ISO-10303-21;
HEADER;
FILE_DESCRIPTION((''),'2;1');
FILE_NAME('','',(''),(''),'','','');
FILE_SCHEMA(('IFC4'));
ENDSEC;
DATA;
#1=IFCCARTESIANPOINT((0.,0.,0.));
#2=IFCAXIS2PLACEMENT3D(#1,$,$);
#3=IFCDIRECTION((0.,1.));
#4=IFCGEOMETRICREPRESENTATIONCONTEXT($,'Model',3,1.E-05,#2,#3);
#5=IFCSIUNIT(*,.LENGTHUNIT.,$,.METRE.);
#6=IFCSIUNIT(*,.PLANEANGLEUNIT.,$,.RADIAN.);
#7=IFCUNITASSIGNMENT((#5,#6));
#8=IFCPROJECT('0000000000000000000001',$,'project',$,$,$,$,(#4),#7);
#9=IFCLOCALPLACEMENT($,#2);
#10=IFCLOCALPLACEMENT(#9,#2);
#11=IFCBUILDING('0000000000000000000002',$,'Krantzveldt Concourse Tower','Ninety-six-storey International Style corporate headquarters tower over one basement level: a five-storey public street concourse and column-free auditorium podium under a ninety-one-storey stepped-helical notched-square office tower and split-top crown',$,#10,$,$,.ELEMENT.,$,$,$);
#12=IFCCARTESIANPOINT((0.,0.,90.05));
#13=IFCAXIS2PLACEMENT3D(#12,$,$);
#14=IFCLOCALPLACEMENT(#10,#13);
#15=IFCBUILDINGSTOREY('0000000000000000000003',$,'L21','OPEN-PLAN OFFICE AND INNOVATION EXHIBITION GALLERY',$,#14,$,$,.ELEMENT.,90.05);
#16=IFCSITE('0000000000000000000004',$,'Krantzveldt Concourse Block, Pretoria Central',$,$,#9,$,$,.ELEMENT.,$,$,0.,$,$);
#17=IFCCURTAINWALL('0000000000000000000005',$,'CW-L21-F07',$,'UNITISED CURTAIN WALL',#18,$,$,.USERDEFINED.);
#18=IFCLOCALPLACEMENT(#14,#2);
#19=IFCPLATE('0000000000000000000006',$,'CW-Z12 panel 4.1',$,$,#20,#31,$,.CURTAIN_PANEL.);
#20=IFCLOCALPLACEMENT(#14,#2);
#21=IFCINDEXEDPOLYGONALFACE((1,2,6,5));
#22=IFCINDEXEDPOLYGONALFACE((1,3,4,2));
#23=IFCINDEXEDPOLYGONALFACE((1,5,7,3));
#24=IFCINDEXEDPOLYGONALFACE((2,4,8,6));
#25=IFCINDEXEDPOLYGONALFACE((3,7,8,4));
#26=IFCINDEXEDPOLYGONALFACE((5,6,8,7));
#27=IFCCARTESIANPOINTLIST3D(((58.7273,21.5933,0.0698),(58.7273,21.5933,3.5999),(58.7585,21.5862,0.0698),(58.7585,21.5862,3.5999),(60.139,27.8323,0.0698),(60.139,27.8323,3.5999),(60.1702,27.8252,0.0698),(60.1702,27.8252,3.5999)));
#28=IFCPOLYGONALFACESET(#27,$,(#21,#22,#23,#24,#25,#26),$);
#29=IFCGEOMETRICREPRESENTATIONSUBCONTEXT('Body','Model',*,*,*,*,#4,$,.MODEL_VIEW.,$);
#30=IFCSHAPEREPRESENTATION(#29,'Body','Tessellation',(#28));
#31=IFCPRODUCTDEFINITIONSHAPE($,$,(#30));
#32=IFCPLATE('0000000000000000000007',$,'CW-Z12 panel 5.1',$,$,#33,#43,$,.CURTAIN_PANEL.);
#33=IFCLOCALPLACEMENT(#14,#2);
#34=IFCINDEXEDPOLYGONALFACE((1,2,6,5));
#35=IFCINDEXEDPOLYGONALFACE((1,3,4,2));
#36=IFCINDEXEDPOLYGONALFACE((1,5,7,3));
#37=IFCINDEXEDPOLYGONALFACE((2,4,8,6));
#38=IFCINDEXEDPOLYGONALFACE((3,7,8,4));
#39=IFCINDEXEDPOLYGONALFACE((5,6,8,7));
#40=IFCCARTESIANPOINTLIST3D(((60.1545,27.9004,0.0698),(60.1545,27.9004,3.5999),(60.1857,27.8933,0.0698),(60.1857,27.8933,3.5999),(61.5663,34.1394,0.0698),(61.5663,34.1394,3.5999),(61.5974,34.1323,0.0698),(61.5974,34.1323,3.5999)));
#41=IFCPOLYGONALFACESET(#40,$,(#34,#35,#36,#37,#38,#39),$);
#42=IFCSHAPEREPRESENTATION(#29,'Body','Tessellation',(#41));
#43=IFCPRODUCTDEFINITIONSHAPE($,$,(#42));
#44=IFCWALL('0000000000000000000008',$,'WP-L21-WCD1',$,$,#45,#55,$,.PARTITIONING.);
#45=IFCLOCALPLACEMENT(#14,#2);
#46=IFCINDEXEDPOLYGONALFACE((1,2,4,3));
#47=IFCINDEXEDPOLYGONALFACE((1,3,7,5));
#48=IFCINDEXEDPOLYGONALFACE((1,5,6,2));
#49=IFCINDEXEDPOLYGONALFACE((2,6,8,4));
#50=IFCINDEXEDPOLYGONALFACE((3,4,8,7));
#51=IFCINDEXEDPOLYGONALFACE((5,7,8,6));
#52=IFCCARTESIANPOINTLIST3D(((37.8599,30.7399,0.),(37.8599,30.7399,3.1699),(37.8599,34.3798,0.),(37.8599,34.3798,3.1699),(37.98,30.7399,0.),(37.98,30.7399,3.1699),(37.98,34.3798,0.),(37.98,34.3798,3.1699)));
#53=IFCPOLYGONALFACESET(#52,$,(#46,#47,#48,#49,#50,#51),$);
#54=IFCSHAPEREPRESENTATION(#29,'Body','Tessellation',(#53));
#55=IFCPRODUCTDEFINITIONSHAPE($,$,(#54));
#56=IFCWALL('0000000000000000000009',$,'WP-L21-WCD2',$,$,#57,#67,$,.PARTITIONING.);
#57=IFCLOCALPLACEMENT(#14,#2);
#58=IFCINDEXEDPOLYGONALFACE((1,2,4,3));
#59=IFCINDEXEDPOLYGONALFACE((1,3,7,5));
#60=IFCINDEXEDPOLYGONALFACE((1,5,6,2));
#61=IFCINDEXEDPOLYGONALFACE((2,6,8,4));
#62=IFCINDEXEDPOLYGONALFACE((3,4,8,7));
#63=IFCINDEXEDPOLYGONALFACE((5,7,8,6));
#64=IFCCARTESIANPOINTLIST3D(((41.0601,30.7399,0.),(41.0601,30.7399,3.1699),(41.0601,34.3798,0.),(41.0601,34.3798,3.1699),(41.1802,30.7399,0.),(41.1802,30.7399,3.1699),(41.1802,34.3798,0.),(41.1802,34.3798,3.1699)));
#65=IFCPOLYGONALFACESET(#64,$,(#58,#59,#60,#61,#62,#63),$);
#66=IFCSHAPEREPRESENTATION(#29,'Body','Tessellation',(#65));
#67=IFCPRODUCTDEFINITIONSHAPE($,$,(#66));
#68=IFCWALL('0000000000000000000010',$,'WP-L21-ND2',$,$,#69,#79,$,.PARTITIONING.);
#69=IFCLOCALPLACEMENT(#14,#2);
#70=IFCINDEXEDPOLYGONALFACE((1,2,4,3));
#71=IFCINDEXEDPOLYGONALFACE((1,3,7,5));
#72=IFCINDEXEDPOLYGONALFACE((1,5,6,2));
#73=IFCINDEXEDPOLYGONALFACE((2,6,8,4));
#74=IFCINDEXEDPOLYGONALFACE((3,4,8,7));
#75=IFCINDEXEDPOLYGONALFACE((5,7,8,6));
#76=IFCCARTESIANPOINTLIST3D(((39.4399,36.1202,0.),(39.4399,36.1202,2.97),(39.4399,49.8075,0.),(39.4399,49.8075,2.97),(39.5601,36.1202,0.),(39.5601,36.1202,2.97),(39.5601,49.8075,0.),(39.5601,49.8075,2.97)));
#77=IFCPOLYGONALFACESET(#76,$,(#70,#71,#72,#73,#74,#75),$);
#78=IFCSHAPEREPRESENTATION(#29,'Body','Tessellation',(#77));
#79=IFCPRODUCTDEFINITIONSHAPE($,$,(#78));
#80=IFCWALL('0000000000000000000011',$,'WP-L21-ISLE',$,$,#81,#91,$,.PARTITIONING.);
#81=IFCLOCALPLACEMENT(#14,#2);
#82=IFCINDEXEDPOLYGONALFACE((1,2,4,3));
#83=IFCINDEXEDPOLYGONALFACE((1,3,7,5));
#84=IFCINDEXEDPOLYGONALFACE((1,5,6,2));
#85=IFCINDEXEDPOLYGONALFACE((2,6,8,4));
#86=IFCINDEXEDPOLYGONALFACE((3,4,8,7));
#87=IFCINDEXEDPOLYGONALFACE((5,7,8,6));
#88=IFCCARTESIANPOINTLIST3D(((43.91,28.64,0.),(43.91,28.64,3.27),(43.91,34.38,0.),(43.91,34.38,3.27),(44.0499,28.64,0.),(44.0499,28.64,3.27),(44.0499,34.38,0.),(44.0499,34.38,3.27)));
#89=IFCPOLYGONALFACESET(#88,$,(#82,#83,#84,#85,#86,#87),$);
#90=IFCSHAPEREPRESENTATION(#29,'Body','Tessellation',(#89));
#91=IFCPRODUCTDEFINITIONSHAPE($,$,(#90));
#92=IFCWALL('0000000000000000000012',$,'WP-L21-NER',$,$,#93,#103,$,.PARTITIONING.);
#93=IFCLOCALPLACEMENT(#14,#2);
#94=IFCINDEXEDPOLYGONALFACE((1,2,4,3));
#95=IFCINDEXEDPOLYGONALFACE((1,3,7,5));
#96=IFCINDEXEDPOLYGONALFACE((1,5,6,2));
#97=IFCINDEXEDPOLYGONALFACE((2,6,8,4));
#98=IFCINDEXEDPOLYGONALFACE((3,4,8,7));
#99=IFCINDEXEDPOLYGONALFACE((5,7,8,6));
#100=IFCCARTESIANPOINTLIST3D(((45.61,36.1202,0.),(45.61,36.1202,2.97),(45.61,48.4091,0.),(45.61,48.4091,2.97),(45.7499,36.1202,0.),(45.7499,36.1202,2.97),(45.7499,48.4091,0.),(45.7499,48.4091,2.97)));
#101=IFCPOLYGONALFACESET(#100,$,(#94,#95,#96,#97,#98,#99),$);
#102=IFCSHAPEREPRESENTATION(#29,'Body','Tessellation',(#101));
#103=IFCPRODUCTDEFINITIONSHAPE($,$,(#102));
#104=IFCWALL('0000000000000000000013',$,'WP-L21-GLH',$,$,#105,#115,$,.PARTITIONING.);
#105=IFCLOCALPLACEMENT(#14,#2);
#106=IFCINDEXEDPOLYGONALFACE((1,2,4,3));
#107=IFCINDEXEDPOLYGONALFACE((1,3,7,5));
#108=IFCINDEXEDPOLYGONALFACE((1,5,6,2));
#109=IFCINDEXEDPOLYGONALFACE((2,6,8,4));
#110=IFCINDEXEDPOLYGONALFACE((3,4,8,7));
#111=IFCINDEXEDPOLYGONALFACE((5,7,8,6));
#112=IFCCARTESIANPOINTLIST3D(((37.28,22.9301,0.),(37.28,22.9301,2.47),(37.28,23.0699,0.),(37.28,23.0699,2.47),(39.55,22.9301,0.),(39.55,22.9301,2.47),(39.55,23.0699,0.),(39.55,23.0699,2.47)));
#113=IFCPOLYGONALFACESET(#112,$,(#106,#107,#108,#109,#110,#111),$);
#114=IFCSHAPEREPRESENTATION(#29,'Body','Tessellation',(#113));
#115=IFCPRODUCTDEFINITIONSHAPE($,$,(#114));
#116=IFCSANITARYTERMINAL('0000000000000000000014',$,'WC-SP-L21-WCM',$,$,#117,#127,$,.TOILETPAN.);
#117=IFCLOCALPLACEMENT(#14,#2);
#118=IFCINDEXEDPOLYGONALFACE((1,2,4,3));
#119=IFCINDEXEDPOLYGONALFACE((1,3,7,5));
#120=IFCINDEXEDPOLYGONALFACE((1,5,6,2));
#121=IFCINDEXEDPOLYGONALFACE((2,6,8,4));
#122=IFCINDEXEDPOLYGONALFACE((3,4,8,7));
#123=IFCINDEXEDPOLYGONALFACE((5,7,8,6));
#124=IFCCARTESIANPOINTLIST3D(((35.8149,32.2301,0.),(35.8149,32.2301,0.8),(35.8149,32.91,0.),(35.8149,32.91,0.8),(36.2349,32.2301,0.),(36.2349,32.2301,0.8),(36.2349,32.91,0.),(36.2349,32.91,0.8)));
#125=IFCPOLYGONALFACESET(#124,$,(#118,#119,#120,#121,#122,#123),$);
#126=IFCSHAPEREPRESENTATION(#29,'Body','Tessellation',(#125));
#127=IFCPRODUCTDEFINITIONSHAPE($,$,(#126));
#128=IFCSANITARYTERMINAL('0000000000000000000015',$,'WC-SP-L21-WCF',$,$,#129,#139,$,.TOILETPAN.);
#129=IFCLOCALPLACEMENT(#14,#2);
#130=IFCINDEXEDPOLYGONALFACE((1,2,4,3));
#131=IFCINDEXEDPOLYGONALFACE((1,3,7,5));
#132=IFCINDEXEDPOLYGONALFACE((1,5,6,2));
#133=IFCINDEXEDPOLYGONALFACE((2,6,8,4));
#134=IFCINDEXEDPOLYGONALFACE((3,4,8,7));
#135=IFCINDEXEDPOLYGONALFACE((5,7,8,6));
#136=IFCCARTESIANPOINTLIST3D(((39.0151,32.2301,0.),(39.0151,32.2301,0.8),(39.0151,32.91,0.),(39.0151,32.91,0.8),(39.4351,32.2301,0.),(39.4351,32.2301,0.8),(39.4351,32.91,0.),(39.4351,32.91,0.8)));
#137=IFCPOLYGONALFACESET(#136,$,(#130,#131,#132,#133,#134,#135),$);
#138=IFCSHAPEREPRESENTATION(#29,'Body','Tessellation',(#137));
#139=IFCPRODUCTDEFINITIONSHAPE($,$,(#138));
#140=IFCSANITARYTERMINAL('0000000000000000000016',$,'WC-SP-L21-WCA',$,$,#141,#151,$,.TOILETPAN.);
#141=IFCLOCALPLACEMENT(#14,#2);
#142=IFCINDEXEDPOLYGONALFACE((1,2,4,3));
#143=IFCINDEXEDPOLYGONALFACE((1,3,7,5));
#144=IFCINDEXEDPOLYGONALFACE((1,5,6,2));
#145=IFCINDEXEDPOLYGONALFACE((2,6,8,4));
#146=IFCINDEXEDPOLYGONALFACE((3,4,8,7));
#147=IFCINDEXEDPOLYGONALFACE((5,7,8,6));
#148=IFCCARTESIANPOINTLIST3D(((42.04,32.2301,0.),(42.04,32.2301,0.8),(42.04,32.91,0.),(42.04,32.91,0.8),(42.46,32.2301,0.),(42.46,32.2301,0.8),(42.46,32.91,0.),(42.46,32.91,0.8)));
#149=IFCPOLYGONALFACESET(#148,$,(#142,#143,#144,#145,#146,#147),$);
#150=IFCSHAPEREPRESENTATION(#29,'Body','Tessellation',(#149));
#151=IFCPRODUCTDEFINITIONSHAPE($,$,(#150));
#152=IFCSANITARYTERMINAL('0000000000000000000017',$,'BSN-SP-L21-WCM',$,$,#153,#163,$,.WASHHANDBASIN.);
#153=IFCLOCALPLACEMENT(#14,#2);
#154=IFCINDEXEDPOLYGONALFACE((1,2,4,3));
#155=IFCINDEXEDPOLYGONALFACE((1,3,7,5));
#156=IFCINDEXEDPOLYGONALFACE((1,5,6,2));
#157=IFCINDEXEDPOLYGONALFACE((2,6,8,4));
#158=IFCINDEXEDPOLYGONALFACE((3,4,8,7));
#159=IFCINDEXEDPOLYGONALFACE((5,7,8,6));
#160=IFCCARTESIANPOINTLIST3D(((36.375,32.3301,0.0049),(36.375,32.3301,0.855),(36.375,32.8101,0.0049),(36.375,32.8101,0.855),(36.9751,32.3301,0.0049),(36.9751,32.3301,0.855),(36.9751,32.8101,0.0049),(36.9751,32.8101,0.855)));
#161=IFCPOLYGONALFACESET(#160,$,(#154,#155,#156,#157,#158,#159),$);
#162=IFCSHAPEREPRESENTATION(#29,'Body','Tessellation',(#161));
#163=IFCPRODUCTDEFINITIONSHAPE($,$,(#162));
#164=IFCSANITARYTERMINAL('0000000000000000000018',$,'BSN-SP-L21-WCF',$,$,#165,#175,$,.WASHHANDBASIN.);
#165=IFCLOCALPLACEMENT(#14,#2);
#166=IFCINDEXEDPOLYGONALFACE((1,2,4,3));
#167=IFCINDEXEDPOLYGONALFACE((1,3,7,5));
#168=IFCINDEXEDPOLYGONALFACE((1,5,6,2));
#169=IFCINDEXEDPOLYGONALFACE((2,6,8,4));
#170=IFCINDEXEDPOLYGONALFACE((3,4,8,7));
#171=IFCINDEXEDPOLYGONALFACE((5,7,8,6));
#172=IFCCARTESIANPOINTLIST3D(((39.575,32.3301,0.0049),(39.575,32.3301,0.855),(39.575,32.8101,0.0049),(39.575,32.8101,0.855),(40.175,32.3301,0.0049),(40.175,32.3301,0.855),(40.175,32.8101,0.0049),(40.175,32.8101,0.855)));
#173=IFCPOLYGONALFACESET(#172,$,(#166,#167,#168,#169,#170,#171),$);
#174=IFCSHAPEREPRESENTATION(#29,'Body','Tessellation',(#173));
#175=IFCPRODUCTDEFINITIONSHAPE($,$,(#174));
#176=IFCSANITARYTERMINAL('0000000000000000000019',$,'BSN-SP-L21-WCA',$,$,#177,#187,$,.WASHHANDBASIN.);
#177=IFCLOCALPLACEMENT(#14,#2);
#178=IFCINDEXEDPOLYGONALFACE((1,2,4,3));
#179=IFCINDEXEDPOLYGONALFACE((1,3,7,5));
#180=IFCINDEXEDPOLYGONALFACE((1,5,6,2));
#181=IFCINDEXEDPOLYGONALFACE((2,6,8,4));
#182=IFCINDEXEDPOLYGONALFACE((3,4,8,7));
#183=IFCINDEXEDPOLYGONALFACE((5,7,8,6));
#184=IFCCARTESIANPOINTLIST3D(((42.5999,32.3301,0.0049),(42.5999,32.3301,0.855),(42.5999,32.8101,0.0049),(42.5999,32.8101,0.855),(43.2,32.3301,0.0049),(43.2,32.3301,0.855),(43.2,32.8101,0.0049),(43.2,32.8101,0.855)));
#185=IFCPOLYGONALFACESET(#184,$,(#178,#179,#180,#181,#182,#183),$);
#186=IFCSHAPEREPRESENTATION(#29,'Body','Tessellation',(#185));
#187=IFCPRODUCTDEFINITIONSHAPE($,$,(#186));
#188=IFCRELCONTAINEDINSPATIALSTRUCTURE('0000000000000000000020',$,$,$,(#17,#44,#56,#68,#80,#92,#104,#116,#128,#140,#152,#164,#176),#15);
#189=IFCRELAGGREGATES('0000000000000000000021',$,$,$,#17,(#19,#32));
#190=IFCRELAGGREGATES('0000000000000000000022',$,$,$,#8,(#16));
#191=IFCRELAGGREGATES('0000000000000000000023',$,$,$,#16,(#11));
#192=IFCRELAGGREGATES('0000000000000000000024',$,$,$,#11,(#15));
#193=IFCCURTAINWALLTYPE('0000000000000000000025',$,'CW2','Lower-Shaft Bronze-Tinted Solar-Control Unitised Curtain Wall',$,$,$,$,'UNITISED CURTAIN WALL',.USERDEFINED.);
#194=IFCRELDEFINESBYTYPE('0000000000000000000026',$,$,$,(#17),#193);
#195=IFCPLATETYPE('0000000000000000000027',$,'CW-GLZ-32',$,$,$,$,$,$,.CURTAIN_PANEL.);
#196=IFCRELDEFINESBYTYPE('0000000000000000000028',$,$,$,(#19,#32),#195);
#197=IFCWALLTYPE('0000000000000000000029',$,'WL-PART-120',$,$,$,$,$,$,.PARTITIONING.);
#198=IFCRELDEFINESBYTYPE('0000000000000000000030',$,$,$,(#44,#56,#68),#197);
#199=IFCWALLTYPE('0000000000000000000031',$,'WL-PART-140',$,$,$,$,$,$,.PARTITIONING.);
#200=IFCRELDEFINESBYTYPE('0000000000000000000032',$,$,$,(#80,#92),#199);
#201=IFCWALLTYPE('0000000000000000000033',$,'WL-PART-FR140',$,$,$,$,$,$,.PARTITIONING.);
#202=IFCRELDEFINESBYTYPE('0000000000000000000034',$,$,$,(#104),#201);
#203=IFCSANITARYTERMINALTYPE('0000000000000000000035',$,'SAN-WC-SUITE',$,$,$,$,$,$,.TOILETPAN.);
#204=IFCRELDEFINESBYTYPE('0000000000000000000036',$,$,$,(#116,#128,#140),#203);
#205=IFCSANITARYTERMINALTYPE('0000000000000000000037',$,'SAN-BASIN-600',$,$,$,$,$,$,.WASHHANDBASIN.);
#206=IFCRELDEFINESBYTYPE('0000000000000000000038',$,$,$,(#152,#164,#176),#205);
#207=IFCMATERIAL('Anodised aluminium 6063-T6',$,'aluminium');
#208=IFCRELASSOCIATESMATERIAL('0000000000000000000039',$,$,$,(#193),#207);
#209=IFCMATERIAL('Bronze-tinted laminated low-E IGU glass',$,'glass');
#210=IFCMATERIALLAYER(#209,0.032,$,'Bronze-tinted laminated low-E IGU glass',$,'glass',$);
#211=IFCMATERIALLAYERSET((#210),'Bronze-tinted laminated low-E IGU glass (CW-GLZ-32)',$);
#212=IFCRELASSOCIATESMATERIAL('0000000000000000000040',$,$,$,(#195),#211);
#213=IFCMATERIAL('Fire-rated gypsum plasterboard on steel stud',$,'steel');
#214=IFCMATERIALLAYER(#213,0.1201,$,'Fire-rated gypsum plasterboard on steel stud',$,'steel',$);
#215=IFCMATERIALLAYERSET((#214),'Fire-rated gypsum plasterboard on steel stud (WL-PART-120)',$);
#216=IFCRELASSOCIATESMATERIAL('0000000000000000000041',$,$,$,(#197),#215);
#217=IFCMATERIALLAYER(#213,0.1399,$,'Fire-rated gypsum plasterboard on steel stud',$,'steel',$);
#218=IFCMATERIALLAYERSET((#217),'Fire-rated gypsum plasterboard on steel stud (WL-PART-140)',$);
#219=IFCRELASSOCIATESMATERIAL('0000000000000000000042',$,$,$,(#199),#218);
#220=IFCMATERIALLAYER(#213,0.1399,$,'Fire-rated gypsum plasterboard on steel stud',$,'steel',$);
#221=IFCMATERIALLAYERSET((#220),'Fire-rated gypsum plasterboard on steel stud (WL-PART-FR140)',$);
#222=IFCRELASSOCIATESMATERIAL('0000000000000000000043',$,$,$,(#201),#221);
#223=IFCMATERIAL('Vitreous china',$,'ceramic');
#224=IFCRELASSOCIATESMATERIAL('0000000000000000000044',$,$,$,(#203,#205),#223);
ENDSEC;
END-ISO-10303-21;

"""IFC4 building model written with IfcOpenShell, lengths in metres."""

from ifc_helpers import new_model, si_unit, direction, frame, frame_2d, origin, origin_2d, place, context, subcontext, project, spatial, rectangle, extrude, source, transform, mapped, material, layer, layer_set, type_object, type_shapes, element, aggregate, save


model = new_model("IFC4")

# Units and contexts
model_context = context("Model", 3, precision=1e-05, world=origin(), true_north=direction((0.0, 1.0)))
body_context = subcontext(model_context, "Body", "Model", "MODEL_VIEW")
ifc_project = project(units=[si_unit("LENGTHUNIT", "METRE"), si_unit("PLANEANGLEUNIT", "RADIAN")], contexts=[model_context])

# Site, building, storey
site_placement = place(None, origin())
site = spatial("IfcSite", under=ifc_project, at=site_placement, Name="Krantzveldt Concourse Block, Pretoria Central", CompositionType="ELEMENT", RefElevation=0.0)
building_placement = place(site_placement, origin())
building = spatial("IfcBuilding", under=site, at=building_placement, Name="Krantzveldt Concourse Tower", Description="Ninety-six-storey International Style corporate headquarters tower over one basement level: a five-storey public street concourse and column-free auditorium podium under a ninety-one-storey stepped-helical notched-square office tower and split-top crown", CompositionType="ELEMENT")
storey_placement = place(building_placement, frame((0.0, 0.0, 90.05)))
storey = spatial("IfcBuildingStorey", under=building, at=storey_placement, Name="L21", Description="OPEN-PLAN OFFICE AND INNOVATION EXHIBITION GALLERY", CompositionType="ELEMENT", Elevation=90.05)

# Curtain wall, plates
ifc_material_1 = material(Name="Anodised aluminium 6063-T6", Category="aluminium")
curtain_wall_type = type_object("IfcCurtainWallType", Name="CW2", Description="Lower-Shaft Bronze-Tinted Solar-Control Unitised Curtain Wall", ElementType="UNITISED CURTAIN WALL", PredefinedType="USERDEFINED", material=ifc_material_1)
curtain_wall_placement = place(storey_placement, origin())
curtain_wall = element("IfcCurtainWall", 1, at=curtain_wall_placement, inside=storey, type_object=curtain_wall_type, Name="CW-L21-F07", ObjectType="UNITISED CURTAIN WALL", PredefinedType="USERDEFINED")
ifc_material_2 = material(Name="Bronze-tinted laminated low-E IGU glass", Category="glass")
ifc_layer_1 = layer(ifc_material_2, 0.032, Name="Bronze-tinted laminated low-E IGU glass", Category="glass")
ifc_layer_set_1 = layer_set([ifc_layer_1], Name="Bronze-tinted laminated low-E IGU glass (CW-GLZ-32)")
plate_type = type_object("IfcPlateType", Name="CW-GLZ-32", PredefinedType="CURTAIN_PANEL", material=ifc_layer_set_1)
shared_shape_1 = source(origin(), body_context, "Body", "SweptSolid", [
    extrude(rectangle(XDim=6.3967, YDim=0.032, at=origin_2d()), origin(), (0.0, 0.0, 1.0), 3.53),
])
type_shapes(plate_type, [shared_shape_1])
plate_1_placement = place(storey_placement, frame((59.4487, 24.7092, 0.0698), z_axis=(0.0, 0.0, 1.0), x_axis=(0.220697, 0.975342, 0.0)))
plate_1 = element("IfcPlate", 2, at=plate_1_placement, type_object=plate_type, Name="CW-Z12 panel 4.1", PredefinedType="CURTAIN_PANEL", context=body_context, shape_type="MappedRepresentation", body=[
    mapped(shared_shape_1, transform((0.0, 0.0, 0.0), x_axis=(1.0, 0.0, 0.0), y_axis=(0.0, 1.0, 0.0), z_axis=(0.0, 0.0, 1.0), scale=1.0)),
])
plate_2_placement = place(storey_placement, frame((60.876, 31.0164, 0.0698), z_axis=(0.0, 0.0, 1.0), x_axis=(0.220697, 0.975342, 0.0)))
plate_2 = element("IfcPlate", 3, at=plate_2_placement, type_object=plate_type, Name="CW-Z12 panel 5.1", PredefinedType="CURTAIN_PANEL", context=body_context, shape_type="MappedRepresentation", body=[
    mapped(shared_shape_1, transform((0.0, 0.0, 0.0), x_axis=(1.0, 0.0, 0.0), y_axis=(0.0, 1.0, 0.0), z_axis=(0.0, 0.0, 1.0), scale=1.0)),
])
aggregate(curtain_wall, [plate_1, plate_2])

# Walls
ifc_material_3 = material(Name="Fire-rated gypsum plasterboard on steel stud", Category="steel")
ifc_layer_2 = layer(ifc_material_3, 0.1201, Name="Fire-rated gypsum plasterboard on steel stud", Category="steel")
ifc_layer_set_2 = layer_set([ifc_layer_2], Name="Fire-rated gypsum plasterboard on steel stud (WL-PART-120)")
wall_type_1 = type_object("IfcWallType", Name="WL-PART-120", PredefinedType="PARTITIONING", material=ifc_layer_set_2)
for number, where, z_axis, x_axis, name in (
    (4, (37.9199, 30.74, 0.0), (0.0, 0.0, 1.0), (0.0, 1.0, 0.0), "WP-L21-WCD1"),
    (5, (41.1201, 30.74, 0.0), (0.0, 0.0, 1.0), (0.0, 1.0, 0.0), "WP-L21-WCD2"),
):
    element("IfcWall", number, at=place(storey_placement, frame(where, z_axis=z_axis, x_axis=x_axis)), inside=storey, type_object=wall_type_1, Name=name, PredefinedType="PARTITIONING", context=body_context, shape_type="SweptSolid", body=[
        extrude(rectangle(XDim=3.6399, YDim=0.1201, at=frame_2d((1.8198, 0.0))), origin(), (0.0, 0.0, 1.0), 3.1699),
    ])
wall_1_placement = place(storey_placement, frame((39.5, 36.1201, 0.0), z_axis=(0.0, 0.0, 1.0), x_axis=(0.0, 1.0, 0.0)))
element("IfcWall", 6, at=wall_1_placement, inside=storey, type_object=wall_type_1, Name="WP-L21-ND2", PredefinedType="PARTITIONING", context=body_context, shape_type="SweptSolid", body=[
    extrude(rectangle(XDim=13.6873, YDim=0.1201, at=frame_2d((6.8438, 0.0))), origin(), (0.0, 0.0, 1.0), 2.97),
])
ifc_layer_3 = layer(ifc_material_3, 0.1399, Name="Fire-rated gypsum plasterboard on steel stud", Category="steel")
ifc_layer_set_3 = layer_set([ifc_layer_3], Name="Fire-rated gypsum plasterboard on steel stud (WL-PART-140)")
wall_type_2 = type_object("IfcWallType", Name="WL-PART-140", PredefinedType="PARTITIONING", material=ifc_layer_set_3)
wall_2_placement = place(storey_placement, frame((43.98, 28.6399, 0.0), z_axis=(0.0, 0.0, 1.0), x_axis=(0.0, 1.0, 0.0)))
element("IfcWall", 7, at=wall_2_placement, inside=storey, type_object=wall_type_2, Name="WP-L21-ISLE", PredefinedType="PARTITIONING", context=body_context, shape_type="SweptSolid", body=[
    extrude(rectangle(XDim=5.74, YDim=0.1399, at=frame_2d((2.8701, 0.0))), origin(), (0.0, 0.0, 1.0), 3.27),
])
wall_3_placement = place(storey_placement, frame((45.6799, 36.1201, 0.0), z_axis=(0.0, 0.0, 1.0), x_axis=(0.0, 1.0, 0.0)))
element("IfcWall", 8, at=wall_3_placement, inside=storey, type_object=wall_type_2, Name="WP-L21-NER", PredefinedType="PARTITIONING", context=body_context, shape_type="SweptSolid", body=[
    extrude(rectangle(XDim=12.2888, YDim=0.1399, at=frame_2d((6.1445, 0.0))), origin(), (0.0, 0.0, 1.0), 2.97),
])
ifc_layer_4 = layer(ifc_material_3, 0.1399, Name="Fire-rated gypsum plasterboard on steel stud", Category="steel")
ifc_layer_set_4 = layer_set([ifc_layer_4], Name="Fire-rated gypsum plasterboard on steel stud (WL-PART-FR140)")
wall_type_3 = type_object("IfcWallType", Name="WL-PART-FR140", PredefinedType="PARTITIONING", material=ifc_layer_set_4)
wall_4_placement = place(storey_placement, frame((37.28, 23.0, 0.0), z_axis=(0.0, 0.0, 1.0), x_axis=(1.0, 0.0, 0.0)))
element("IfcWall", 9, at=wall_4_placement, inside=storey, type_object=wall_type_3, Name="WP-L21-GLH", PredefinedType="PARTITIONING", context=body_context, shape_type="SweptSolid", body=[
    extrude(rectangle(XDim=2.27, YDim=0.1399, at=frame_2d((1.135, 0.0))), origin(), (0.0, 0.0, 1.0), 2.47),
])

# Sanitary terminals
ifc_material_4 = material(Name="Vitreous china", Category="ceramic")
sanitary_terminal_type_1 = type_object("IfcSanitaryTerminalType", Name="SAN-WC-SUITE", PredefinedType="TOILETPAN", material=ifc_material_4)
shared_shape_2 = source(origin(), body_context, "Body", "SweptSolid", [
    extrude(rectangle(XDim=0.4199, YDim=0.6799, at=origin_2d()), origin(), (0.0, 0.0, 1.0), 0.8),
])
type_shapes(sanitary_terminal_type_1, [shared_shape_2])
for number, where, z_axis, x_axis, name in (
    (10, (36.0249, 32.5701, 0.0), (0.0, 0.0, 1.0), (1.0, 0.0, 0.0), "WC-SP-L21-WCM"),
    (11, (39.2251, 32.5701, 0.0), (0.0, 0.0, 1.0), (1.0, 0.0, 0.0), "WC-SP-L21-WCF"),
    (12, (42.25, 32.5701, 0.0), (0.0, 0.0, 1.0), (1.0, 0.0, 0.0), "WC-SP-L21-WCA"),
):
    element("IfcSanitaryTerminal", number, at=place(storey_placement, frame(where, z_axis=z_axis, x_axis=x_axis)), inside=storey, type_object=sanitary_terminal_type_1, Name=name, PredefinedType="TOILETPAN", context=body_context, shape_type="MappedRepresentation", body=[
        mapped(shared_shape_2, transform((0.0, 0.0, 0.0), x_axis=(1.0, 0.0, 0.0), y_axis=(0.0, 1.0, 0.0), z_axis=(0.0, 0.0, 1.0), scale=1.0)),
    ])
sanitary_terminal_type_2 = type_object("IfcSanitaryTerminalType", Name="SAN-BASIN-600", PredefinedType="WASHHANDBASIN", material=ifc_material_4)
shared_shape_3 = source(origin(), body_context, "Body", "SweptSolid", [
    extrude(rectangle(XDim=0.6001, YDim=0.48, at=origin_2d()), origin(), (0.0, 0.0, 1.0), 0.8501),
])
type_shapes(sanitary_terminal_type_2, [shared_shape_3])
for number, where, z_axis, x_axis, name in (
    (13, (36.675, 32.5701, 0.0049), (0.0, 0.0, 1.0), (1.0, 0.0, 0.0), "BSN-SP-L21-WCM"),
    (14, (39.875, 32.5701, 0.0049), (0.0, 0.0, 1.0), (1.0, 0.0, 0.0), "BSN-SP-L21-WCF"),
    (15, (42.8999, 32.5701, 0.0049), (0.0, 0.0, 1.0), (1.0, 0.0, 0.0), "BSN-SP-L21-WCA"),
):
    element("IfcSanitaryTerminal", number, at=place(storey_placement, frame(where, z_axis=z_axis, x_axis=x_axis)), inside=storey, type_object=sanitary_terminal_type_2, Name=name, PredefinedType="WASHHANDBASIN", context=body_context, shape_type="MappedRepresentation", body=[
        mapped(shared_shape_3, transform((0.0, 0.0, 0.0), x_axis=(1.0, 0.0, 0.0), y_axis=(0.0, 1.0, 0.0), z_axis=(0.0, 0.0, 1.0), scale=1.0)),
    ])

save(model, "model.ifc")
